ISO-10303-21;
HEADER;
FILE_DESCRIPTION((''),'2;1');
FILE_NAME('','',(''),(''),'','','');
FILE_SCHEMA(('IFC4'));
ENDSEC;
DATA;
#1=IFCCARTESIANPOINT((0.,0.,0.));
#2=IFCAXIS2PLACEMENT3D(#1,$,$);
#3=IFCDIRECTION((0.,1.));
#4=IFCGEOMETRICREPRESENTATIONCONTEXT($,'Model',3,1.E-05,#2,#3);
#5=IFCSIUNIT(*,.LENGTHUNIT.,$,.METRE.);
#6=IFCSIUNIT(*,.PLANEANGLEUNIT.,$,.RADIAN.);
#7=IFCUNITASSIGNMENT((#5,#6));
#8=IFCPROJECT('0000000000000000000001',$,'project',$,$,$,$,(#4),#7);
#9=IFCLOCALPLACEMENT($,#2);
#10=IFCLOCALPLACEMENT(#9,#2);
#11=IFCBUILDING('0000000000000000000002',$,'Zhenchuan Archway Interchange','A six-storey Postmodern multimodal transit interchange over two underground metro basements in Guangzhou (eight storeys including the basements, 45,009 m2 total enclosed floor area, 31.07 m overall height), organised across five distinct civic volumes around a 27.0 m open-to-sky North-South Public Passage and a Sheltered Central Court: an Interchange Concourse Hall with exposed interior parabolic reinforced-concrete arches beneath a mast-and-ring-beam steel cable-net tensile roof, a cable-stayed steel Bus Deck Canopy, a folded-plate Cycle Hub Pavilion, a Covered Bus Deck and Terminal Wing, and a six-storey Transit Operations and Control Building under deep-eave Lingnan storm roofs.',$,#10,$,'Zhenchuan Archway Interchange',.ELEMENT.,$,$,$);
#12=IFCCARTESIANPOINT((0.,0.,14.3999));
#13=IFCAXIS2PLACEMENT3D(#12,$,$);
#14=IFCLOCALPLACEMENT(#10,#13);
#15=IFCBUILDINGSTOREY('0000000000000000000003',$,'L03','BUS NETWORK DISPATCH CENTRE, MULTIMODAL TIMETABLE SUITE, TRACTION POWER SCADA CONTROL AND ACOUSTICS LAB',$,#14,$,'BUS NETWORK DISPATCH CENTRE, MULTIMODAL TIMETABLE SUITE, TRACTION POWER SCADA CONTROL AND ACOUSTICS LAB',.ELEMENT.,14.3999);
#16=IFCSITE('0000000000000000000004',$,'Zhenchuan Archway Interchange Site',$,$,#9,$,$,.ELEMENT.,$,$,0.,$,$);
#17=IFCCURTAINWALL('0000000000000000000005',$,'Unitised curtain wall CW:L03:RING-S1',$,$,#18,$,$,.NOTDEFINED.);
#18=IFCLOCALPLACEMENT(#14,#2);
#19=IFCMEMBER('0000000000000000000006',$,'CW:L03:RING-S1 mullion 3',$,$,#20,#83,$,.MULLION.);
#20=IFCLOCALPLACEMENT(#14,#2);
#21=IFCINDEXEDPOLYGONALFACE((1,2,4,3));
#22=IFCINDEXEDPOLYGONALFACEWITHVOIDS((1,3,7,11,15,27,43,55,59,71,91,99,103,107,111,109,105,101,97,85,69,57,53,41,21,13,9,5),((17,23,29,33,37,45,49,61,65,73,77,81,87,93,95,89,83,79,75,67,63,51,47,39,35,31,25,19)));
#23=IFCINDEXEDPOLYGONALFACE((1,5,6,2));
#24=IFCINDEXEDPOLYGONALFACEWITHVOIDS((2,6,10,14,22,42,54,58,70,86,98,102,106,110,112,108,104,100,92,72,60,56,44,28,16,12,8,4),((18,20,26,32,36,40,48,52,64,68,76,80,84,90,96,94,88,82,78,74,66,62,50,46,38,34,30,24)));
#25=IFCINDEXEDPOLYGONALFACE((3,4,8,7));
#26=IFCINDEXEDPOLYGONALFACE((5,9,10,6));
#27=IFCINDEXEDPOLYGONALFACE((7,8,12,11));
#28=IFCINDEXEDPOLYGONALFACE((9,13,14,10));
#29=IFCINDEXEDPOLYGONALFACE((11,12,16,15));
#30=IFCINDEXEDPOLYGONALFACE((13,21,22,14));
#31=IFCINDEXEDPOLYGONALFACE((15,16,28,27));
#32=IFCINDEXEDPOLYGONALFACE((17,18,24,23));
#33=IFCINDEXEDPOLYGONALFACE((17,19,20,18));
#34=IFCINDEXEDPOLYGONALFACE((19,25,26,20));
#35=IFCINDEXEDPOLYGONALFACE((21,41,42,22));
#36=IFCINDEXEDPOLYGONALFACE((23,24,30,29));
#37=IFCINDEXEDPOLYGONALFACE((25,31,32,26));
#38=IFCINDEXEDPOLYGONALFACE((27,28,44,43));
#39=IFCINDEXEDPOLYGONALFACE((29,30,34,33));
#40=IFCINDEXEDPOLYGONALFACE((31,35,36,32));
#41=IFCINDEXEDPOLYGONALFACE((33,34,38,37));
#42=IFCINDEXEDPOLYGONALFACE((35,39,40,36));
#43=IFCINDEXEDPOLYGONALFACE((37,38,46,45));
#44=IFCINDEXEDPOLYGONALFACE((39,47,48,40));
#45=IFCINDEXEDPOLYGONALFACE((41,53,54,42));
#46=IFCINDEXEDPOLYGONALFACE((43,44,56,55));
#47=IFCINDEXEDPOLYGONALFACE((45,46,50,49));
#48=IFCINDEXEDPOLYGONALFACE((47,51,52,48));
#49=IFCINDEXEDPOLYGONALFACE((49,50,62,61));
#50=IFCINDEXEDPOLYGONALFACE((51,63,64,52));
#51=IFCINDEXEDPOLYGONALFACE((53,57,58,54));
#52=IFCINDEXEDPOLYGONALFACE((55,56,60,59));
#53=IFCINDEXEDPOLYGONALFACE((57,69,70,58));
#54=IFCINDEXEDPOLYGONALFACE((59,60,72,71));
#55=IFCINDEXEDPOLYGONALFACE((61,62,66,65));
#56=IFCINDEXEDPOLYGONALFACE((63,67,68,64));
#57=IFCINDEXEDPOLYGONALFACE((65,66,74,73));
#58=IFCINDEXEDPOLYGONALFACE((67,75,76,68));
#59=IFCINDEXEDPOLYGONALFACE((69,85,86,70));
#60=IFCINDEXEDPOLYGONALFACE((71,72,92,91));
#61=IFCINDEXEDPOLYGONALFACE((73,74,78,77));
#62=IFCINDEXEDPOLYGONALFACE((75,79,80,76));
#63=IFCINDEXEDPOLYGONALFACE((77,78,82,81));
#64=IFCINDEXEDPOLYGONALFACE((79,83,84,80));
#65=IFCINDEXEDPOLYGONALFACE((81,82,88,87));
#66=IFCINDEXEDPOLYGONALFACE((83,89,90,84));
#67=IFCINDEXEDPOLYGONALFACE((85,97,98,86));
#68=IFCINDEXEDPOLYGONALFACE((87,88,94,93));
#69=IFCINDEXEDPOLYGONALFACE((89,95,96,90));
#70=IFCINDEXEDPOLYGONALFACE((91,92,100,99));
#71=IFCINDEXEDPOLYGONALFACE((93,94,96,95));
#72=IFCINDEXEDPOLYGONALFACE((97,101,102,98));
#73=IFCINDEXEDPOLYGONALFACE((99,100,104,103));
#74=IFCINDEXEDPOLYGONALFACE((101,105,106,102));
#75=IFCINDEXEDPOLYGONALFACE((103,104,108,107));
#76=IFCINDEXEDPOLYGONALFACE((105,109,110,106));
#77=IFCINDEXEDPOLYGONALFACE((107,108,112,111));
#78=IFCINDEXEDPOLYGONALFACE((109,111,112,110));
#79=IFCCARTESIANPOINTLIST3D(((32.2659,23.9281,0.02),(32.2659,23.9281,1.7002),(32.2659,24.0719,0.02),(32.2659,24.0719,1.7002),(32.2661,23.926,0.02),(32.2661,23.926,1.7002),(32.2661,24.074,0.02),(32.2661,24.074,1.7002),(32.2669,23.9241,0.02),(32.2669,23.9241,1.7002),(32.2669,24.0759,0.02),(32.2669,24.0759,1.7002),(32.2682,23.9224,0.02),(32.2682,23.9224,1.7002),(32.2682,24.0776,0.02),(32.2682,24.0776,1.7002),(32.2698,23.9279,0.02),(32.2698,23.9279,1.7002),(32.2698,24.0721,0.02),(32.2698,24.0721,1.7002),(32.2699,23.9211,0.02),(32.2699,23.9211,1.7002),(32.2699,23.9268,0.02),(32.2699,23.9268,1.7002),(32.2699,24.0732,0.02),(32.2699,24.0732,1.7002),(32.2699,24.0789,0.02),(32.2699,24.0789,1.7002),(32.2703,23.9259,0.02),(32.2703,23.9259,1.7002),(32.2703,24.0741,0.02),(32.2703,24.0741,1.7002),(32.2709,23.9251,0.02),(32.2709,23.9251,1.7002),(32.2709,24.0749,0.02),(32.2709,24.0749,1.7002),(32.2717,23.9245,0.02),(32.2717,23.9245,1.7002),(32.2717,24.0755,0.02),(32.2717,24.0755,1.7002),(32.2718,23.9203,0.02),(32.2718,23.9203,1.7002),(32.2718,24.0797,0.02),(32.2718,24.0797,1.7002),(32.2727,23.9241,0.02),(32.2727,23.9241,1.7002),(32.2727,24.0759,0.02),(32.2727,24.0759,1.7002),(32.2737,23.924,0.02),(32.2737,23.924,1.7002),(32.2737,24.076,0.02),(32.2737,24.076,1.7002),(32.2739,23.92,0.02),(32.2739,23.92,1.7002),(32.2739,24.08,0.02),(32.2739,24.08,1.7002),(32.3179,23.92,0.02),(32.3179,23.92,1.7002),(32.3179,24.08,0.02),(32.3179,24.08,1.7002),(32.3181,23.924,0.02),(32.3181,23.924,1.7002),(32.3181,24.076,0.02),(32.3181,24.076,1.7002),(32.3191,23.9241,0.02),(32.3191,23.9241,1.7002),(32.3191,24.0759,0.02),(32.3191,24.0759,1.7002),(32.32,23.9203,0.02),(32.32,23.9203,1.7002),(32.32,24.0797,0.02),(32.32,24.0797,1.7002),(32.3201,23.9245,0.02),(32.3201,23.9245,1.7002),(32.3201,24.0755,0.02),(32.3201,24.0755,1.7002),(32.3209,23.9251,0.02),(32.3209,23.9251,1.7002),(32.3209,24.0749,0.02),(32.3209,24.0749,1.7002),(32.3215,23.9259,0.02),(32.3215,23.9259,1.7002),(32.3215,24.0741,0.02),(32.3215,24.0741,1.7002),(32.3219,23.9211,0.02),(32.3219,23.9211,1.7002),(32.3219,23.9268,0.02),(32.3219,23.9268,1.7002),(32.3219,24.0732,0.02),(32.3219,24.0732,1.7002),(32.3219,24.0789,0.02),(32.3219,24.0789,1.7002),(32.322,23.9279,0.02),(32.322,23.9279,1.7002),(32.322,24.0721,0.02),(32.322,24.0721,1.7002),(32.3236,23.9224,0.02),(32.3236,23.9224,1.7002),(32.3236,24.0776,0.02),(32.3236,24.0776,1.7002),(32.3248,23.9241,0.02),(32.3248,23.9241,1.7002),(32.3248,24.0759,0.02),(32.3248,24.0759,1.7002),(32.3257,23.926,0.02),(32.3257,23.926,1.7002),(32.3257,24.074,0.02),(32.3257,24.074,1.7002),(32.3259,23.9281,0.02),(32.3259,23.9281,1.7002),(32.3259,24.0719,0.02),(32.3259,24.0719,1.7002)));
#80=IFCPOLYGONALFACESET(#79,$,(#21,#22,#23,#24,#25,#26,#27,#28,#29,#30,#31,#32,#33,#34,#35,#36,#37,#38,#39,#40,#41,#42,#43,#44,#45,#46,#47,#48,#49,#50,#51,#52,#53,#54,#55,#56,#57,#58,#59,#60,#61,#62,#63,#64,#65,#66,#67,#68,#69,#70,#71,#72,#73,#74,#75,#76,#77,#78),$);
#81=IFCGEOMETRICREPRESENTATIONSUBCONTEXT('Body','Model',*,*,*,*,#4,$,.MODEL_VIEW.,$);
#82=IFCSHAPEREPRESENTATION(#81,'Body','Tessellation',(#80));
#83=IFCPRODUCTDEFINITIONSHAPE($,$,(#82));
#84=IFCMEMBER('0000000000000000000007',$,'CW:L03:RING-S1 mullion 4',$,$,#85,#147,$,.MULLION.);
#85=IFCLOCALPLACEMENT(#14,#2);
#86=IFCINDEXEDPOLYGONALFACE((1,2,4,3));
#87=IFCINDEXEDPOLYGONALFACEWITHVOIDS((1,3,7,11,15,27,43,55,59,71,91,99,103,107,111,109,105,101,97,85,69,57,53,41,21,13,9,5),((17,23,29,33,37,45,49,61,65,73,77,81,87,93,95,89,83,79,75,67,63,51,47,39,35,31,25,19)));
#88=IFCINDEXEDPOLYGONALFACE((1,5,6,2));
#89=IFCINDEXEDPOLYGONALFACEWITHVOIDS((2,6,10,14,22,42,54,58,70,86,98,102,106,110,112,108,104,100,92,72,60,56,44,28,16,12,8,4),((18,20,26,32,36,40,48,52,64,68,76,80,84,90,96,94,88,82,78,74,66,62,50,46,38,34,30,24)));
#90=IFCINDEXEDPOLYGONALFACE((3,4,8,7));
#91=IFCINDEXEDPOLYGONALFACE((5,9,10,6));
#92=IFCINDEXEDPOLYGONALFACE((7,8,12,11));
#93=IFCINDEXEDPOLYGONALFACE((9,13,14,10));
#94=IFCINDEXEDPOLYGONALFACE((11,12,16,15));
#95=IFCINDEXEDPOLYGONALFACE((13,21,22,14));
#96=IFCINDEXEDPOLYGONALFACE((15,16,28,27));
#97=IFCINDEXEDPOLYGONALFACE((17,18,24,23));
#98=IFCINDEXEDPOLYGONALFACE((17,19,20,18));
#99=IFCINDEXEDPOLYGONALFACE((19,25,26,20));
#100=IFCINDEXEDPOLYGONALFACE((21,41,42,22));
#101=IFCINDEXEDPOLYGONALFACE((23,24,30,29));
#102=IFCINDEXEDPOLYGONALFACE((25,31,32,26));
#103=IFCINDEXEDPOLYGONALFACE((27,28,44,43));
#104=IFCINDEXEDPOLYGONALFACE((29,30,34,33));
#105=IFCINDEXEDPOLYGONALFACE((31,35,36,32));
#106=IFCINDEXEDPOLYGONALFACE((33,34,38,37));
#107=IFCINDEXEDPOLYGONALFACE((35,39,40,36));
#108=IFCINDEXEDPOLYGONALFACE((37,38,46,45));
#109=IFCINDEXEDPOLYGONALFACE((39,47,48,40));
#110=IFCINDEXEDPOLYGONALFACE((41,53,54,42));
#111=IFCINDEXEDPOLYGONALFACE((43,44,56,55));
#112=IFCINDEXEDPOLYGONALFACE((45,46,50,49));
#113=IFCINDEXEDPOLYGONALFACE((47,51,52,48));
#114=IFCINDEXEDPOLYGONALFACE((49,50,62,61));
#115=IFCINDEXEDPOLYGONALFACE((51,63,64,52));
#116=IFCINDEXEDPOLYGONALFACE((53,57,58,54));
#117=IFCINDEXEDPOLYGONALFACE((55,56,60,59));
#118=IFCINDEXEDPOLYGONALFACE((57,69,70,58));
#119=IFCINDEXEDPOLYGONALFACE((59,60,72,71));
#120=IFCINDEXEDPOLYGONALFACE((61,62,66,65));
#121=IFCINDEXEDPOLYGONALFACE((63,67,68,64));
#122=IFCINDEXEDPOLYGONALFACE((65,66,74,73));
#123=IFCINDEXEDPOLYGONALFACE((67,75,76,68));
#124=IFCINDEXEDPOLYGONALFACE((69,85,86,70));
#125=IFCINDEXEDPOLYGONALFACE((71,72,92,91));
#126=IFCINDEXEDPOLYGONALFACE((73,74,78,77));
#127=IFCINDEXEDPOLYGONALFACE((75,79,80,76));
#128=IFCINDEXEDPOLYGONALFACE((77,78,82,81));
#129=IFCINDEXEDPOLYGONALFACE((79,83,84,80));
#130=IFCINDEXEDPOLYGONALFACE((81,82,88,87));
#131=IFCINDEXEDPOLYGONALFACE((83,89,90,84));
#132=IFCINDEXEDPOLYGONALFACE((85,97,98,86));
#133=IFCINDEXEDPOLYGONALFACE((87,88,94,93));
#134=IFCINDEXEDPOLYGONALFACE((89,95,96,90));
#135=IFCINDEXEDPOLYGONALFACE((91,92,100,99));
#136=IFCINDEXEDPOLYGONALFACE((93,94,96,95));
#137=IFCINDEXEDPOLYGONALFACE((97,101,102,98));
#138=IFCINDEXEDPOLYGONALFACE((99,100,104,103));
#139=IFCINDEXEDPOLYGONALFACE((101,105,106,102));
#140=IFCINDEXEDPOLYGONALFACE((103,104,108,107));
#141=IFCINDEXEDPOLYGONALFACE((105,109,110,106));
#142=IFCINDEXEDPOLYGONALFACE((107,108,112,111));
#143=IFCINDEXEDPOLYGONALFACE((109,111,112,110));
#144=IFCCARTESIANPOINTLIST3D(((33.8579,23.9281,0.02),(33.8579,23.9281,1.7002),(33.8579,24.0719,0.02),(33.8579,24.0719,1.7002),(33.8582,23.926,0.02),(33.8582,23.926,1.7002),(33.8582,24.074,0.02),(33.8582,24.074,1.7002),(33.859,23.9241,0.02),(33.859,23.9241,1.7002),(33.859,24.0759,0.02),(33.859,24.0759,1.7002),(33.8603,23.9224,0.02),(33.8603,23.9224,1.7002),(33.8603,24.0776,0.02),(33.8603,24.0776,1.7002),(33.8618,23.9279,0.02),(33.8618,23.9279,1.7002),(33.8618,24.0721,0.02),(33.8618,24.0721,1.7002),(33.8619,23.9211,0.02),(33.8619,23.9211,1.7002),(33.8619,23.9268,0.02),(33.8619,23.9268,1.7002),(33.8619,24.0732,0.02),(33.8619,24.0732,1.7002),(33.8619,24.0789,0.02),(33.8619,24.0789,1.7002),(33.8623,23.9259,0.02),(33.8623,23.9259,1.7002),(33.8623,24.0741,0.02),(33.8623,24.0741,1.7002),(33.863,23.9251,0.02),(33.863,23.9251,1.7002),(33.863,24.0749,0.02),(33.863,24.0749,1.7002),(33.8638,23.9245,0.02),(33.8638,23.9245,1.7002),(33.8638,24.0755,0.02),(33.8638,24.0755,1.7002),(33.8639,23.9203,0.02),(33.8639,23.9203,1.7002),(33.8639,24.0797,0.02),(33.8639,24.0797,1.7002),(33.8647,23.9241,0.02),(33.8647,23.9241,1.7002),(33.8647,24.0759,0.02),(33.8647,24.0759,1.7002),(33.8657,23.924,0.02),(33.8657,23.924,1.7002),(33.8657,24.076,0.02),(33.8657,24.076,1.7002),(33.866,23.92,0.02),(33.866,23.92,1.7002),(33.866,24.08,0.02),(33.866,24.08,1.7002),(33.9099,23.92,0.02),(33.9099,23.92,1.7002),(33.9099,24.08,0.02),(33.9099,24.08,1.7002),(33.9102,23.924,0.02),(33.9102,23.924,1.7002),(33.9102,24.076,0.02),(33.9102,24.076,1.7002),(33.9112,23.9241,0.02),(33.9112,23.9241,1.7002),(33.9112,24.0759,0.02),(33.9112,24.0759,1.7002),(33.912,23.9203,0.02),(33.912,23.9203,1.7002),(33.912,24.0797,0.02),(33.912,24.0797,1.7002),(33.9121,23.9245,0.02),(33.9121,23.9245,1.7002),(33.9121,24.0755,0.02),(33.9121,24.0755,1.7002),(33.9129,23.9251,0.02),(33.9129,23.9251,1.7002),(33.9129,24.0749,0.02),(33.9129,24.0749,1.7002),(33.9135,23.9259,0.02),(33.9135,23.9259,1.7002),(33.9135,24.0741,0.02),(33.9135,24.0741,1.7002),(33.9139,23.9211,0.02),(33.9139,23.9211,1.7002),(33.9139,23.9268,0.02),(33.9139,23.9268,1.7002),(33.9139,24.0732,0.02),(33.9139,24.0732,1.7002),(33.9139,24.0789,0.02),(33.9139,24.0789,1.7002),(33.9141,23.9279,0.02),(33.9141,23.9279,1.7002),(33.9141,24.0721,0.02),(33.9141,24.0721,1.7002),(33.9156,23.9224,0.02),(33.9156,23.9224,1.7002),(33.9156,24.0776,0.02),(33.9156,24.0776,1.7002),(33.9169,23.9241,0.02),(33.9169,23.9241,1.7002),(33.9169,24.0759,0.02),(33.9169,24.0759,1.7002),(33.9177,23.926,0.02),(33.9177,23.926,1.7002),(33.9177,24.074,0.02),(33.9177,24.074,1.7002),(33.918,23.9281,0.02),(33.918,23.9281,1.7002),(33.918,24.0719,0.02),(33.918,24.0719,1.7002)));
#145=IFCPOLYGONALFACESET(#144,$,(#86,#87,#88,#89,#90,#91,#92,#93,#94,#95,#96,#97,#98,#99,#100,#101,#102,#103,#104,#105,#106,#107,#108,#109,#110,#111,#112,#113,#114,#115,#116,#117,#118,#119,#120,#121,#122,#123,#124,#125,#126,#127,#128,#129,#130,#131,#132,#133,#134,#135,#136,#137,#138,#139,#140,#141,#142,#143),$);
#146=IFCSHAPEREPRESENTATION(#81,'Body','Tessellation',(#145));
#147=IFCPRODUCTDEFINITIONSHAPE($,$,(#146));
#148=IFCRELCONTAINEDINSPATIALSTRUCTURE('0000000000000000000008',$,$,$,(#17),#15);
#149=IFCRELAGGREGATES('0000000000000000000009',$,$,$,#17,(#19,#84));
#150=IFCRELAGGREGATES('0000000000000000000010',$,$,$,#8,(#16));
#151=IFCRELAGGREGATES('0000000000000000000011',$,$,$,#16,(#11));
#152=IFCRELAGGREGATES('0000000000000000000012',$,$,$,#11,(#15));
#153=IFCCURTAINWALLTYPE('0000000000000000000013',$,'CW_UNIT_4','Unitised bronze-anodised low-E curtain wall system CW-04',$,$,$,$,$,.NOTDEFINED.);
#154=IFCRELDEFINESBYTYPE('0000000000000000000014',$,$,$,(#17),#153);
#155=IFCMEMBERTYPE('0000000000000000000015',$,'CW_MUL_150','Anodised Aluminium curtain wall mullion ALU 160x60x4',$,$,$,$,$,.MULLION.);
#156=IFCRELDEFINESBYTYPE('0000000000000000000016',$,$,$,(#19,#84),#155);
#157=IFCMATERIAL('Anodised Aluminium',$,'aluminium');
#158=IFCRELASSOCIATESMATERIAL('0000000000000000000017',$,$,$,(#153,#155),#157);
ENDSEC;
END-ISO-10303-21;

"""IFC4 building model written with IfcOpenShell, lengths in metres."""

from ifc_helpers import new_model, si_unit, direction, frame, origin, origin_2d, place, context, subcontext, project, spatial, hollow_rectangle, extrude, material, material_profile, profile_set, type_object, element, aggregate, save


model = new_model("IFC4")

# Units and contexts
model_context = context("Model", 3, precision=1e-05, world=origin(), true_north=direction((0.0, 1.0)))
body_context = subcontext(model_context, "Body", "Model", "MODEL_VIEW")
ifc_project = project(units=[si_unit("LENGTHUNIT", "METRE"), si_unit("PLANEANGLEUNIT", "RADIAN")], contexts=[model_context])

# Site, building, storey
site_placement = place(None, origin())
site = spatial("IfcSite", under=ifc_project, at=site_placement, Name="Zhenchuan Archway Interchange Site", CompositionType="ELEMENT", RefElevation=0.0)
building_placement = place(site_placement, origin())
building = spatial("IfcBuilding", under=site, at=building_placement, Name="Zhenchuan Archway Interchange", Description="A six-storey Postmodern multimodal transit interchange over two underground metro basements in Guangzhou (eight storeys including the basements, 45,009 m2 total enclosed floor area, 31.07 m overall height), organised across five distinct civic volumes around a 27.0 m open-to-sky North-South Public Passage and a Sheltered Central Court: an Interchange Concourse Hall with exposed interior parabolic reinforced-concrete arches beneath a mast-and-ring-beam steel cable-net tensile roof, a cable-stayed steel Bus Deck Canopy, a folded-plate Cycle Hub Pavilion, a Covered Bus Deck and Terminal Wing, and a six-storey Transit Operations and Control Building under deep-eave Lingnan storm roofs.", LongName="Zhenchuan Archway Interchange", CompositionType="ELEMENT")
storey_placement = place(building_placement, frame((0.0, 0.0, 14.3999)))
storey = spatial("IfcBuildingStorey", under=building, at=storey_placement, Name="L03", Description="BUS NETWORK DISPATCH CENTRE, MULTIMODAL TIMETABLE SUITE, TRACTION POWER SCADA CONTROL AND ACOUSTICS LAB", LongName="BUS NETWORK DISPATCH CENTRE, MULTIMODAL TIMETABLE SUITE, TRACTION POWER SCADA CONTROL AND ACOUSTICS LAB", CompositionType="ELEMENT", Elevation=14.3999)

# Curtain wall, members
ifc_material_1 = material(Name="Anodised Aluminium", Category="aluminium")
curtain_wall_type = type_object("IfcCurtainWallType", Name="CW_UNIT_4", Description="Unitised bronze-anodised low-E curtain wall system CW-04", PredefinedType="NOTDEFINED", material=ifc_material_1)
curtain_wall_placement = place(storey_placement, origin())
curtain_wall = element("IfcCurtainWall", 1, at=curtain_wall_placement, inside=storey, type_object=curtain_wall_type, Name="Unitised curtain wall CW:L03:RING-S1", PredefinedType="NOTDEFINED")
ifc_material_profile_1 = material_profile(ifc_material_1, hollow_rectangle(XDim=0.0601, YDim=0.1599, WallThickness=0.0039, InnerFilletRadius=0.0039, OuterFilletRadius=0.0081, at=origin_2d()), Name="ALU 160x60x4")
ifc_profile_set_1 = profile_set([ifc_material_profile_1], Name="Anodised Aluminium")
member_type_1 = type_object("IfcMemberType", Name="CW_MUL_150", Description="Anodised Aluminium curtain wall mullion ALU 160x60x4", PredefinedType="MULLION", material=ifc_profile_set_1)
member_1_placement = place(storey_placement, frame((32.2959, 24.0, 0.02), z_axis=(0.0, 0.0, 1.0), x_axis=(1.0, 0.0, 0.0)))
member_1 = element("IfcMember", 2, at=member_1_placement, type_object=member_type_1, Name="CW:L03:RING-S1 mullion 3", PredefinedType="MULLION", context=body_context, shape_type="SweptSolid", body=[
    extrude(hollow_rectangle(XDim=0.0601, YDim=0.1599, WallThickness=0.0039, InnerFilletRadius=0.0039, OuterFilletRadius=0.0081, at=origin_2d()), origin(), (0.0, 0.0, 1.0), 1.6802),
])
member_2_placement = place(storey_placement, frame((33.8879, 24.0, 0.02), z_axis=(0.0, 0.0, 1.0), x_axis=(1.0, 0.0, 0.0)))
member_2 = element("IfcMember", 3, at=member_2_placement, type_object=member_type_1, Name="CW:L03:RING-S1 mullion 4", PredefinedType="MULLION", context=body_context, shape_type="SweptSolid", body=[
    extrude(hollow_rectangle(XDim=0.0601, YDim=0.1599, WallThickness=0.0039, InnerFilletRadius=0.0039, OuterFilletRadius=0.0081, at=origin_2d()), origin(), (0.0, 0.0, 1.0), 1.6802),
])

aggregate(curtain_wall, [member_1, member_2])

save(model, "model.ifc")
